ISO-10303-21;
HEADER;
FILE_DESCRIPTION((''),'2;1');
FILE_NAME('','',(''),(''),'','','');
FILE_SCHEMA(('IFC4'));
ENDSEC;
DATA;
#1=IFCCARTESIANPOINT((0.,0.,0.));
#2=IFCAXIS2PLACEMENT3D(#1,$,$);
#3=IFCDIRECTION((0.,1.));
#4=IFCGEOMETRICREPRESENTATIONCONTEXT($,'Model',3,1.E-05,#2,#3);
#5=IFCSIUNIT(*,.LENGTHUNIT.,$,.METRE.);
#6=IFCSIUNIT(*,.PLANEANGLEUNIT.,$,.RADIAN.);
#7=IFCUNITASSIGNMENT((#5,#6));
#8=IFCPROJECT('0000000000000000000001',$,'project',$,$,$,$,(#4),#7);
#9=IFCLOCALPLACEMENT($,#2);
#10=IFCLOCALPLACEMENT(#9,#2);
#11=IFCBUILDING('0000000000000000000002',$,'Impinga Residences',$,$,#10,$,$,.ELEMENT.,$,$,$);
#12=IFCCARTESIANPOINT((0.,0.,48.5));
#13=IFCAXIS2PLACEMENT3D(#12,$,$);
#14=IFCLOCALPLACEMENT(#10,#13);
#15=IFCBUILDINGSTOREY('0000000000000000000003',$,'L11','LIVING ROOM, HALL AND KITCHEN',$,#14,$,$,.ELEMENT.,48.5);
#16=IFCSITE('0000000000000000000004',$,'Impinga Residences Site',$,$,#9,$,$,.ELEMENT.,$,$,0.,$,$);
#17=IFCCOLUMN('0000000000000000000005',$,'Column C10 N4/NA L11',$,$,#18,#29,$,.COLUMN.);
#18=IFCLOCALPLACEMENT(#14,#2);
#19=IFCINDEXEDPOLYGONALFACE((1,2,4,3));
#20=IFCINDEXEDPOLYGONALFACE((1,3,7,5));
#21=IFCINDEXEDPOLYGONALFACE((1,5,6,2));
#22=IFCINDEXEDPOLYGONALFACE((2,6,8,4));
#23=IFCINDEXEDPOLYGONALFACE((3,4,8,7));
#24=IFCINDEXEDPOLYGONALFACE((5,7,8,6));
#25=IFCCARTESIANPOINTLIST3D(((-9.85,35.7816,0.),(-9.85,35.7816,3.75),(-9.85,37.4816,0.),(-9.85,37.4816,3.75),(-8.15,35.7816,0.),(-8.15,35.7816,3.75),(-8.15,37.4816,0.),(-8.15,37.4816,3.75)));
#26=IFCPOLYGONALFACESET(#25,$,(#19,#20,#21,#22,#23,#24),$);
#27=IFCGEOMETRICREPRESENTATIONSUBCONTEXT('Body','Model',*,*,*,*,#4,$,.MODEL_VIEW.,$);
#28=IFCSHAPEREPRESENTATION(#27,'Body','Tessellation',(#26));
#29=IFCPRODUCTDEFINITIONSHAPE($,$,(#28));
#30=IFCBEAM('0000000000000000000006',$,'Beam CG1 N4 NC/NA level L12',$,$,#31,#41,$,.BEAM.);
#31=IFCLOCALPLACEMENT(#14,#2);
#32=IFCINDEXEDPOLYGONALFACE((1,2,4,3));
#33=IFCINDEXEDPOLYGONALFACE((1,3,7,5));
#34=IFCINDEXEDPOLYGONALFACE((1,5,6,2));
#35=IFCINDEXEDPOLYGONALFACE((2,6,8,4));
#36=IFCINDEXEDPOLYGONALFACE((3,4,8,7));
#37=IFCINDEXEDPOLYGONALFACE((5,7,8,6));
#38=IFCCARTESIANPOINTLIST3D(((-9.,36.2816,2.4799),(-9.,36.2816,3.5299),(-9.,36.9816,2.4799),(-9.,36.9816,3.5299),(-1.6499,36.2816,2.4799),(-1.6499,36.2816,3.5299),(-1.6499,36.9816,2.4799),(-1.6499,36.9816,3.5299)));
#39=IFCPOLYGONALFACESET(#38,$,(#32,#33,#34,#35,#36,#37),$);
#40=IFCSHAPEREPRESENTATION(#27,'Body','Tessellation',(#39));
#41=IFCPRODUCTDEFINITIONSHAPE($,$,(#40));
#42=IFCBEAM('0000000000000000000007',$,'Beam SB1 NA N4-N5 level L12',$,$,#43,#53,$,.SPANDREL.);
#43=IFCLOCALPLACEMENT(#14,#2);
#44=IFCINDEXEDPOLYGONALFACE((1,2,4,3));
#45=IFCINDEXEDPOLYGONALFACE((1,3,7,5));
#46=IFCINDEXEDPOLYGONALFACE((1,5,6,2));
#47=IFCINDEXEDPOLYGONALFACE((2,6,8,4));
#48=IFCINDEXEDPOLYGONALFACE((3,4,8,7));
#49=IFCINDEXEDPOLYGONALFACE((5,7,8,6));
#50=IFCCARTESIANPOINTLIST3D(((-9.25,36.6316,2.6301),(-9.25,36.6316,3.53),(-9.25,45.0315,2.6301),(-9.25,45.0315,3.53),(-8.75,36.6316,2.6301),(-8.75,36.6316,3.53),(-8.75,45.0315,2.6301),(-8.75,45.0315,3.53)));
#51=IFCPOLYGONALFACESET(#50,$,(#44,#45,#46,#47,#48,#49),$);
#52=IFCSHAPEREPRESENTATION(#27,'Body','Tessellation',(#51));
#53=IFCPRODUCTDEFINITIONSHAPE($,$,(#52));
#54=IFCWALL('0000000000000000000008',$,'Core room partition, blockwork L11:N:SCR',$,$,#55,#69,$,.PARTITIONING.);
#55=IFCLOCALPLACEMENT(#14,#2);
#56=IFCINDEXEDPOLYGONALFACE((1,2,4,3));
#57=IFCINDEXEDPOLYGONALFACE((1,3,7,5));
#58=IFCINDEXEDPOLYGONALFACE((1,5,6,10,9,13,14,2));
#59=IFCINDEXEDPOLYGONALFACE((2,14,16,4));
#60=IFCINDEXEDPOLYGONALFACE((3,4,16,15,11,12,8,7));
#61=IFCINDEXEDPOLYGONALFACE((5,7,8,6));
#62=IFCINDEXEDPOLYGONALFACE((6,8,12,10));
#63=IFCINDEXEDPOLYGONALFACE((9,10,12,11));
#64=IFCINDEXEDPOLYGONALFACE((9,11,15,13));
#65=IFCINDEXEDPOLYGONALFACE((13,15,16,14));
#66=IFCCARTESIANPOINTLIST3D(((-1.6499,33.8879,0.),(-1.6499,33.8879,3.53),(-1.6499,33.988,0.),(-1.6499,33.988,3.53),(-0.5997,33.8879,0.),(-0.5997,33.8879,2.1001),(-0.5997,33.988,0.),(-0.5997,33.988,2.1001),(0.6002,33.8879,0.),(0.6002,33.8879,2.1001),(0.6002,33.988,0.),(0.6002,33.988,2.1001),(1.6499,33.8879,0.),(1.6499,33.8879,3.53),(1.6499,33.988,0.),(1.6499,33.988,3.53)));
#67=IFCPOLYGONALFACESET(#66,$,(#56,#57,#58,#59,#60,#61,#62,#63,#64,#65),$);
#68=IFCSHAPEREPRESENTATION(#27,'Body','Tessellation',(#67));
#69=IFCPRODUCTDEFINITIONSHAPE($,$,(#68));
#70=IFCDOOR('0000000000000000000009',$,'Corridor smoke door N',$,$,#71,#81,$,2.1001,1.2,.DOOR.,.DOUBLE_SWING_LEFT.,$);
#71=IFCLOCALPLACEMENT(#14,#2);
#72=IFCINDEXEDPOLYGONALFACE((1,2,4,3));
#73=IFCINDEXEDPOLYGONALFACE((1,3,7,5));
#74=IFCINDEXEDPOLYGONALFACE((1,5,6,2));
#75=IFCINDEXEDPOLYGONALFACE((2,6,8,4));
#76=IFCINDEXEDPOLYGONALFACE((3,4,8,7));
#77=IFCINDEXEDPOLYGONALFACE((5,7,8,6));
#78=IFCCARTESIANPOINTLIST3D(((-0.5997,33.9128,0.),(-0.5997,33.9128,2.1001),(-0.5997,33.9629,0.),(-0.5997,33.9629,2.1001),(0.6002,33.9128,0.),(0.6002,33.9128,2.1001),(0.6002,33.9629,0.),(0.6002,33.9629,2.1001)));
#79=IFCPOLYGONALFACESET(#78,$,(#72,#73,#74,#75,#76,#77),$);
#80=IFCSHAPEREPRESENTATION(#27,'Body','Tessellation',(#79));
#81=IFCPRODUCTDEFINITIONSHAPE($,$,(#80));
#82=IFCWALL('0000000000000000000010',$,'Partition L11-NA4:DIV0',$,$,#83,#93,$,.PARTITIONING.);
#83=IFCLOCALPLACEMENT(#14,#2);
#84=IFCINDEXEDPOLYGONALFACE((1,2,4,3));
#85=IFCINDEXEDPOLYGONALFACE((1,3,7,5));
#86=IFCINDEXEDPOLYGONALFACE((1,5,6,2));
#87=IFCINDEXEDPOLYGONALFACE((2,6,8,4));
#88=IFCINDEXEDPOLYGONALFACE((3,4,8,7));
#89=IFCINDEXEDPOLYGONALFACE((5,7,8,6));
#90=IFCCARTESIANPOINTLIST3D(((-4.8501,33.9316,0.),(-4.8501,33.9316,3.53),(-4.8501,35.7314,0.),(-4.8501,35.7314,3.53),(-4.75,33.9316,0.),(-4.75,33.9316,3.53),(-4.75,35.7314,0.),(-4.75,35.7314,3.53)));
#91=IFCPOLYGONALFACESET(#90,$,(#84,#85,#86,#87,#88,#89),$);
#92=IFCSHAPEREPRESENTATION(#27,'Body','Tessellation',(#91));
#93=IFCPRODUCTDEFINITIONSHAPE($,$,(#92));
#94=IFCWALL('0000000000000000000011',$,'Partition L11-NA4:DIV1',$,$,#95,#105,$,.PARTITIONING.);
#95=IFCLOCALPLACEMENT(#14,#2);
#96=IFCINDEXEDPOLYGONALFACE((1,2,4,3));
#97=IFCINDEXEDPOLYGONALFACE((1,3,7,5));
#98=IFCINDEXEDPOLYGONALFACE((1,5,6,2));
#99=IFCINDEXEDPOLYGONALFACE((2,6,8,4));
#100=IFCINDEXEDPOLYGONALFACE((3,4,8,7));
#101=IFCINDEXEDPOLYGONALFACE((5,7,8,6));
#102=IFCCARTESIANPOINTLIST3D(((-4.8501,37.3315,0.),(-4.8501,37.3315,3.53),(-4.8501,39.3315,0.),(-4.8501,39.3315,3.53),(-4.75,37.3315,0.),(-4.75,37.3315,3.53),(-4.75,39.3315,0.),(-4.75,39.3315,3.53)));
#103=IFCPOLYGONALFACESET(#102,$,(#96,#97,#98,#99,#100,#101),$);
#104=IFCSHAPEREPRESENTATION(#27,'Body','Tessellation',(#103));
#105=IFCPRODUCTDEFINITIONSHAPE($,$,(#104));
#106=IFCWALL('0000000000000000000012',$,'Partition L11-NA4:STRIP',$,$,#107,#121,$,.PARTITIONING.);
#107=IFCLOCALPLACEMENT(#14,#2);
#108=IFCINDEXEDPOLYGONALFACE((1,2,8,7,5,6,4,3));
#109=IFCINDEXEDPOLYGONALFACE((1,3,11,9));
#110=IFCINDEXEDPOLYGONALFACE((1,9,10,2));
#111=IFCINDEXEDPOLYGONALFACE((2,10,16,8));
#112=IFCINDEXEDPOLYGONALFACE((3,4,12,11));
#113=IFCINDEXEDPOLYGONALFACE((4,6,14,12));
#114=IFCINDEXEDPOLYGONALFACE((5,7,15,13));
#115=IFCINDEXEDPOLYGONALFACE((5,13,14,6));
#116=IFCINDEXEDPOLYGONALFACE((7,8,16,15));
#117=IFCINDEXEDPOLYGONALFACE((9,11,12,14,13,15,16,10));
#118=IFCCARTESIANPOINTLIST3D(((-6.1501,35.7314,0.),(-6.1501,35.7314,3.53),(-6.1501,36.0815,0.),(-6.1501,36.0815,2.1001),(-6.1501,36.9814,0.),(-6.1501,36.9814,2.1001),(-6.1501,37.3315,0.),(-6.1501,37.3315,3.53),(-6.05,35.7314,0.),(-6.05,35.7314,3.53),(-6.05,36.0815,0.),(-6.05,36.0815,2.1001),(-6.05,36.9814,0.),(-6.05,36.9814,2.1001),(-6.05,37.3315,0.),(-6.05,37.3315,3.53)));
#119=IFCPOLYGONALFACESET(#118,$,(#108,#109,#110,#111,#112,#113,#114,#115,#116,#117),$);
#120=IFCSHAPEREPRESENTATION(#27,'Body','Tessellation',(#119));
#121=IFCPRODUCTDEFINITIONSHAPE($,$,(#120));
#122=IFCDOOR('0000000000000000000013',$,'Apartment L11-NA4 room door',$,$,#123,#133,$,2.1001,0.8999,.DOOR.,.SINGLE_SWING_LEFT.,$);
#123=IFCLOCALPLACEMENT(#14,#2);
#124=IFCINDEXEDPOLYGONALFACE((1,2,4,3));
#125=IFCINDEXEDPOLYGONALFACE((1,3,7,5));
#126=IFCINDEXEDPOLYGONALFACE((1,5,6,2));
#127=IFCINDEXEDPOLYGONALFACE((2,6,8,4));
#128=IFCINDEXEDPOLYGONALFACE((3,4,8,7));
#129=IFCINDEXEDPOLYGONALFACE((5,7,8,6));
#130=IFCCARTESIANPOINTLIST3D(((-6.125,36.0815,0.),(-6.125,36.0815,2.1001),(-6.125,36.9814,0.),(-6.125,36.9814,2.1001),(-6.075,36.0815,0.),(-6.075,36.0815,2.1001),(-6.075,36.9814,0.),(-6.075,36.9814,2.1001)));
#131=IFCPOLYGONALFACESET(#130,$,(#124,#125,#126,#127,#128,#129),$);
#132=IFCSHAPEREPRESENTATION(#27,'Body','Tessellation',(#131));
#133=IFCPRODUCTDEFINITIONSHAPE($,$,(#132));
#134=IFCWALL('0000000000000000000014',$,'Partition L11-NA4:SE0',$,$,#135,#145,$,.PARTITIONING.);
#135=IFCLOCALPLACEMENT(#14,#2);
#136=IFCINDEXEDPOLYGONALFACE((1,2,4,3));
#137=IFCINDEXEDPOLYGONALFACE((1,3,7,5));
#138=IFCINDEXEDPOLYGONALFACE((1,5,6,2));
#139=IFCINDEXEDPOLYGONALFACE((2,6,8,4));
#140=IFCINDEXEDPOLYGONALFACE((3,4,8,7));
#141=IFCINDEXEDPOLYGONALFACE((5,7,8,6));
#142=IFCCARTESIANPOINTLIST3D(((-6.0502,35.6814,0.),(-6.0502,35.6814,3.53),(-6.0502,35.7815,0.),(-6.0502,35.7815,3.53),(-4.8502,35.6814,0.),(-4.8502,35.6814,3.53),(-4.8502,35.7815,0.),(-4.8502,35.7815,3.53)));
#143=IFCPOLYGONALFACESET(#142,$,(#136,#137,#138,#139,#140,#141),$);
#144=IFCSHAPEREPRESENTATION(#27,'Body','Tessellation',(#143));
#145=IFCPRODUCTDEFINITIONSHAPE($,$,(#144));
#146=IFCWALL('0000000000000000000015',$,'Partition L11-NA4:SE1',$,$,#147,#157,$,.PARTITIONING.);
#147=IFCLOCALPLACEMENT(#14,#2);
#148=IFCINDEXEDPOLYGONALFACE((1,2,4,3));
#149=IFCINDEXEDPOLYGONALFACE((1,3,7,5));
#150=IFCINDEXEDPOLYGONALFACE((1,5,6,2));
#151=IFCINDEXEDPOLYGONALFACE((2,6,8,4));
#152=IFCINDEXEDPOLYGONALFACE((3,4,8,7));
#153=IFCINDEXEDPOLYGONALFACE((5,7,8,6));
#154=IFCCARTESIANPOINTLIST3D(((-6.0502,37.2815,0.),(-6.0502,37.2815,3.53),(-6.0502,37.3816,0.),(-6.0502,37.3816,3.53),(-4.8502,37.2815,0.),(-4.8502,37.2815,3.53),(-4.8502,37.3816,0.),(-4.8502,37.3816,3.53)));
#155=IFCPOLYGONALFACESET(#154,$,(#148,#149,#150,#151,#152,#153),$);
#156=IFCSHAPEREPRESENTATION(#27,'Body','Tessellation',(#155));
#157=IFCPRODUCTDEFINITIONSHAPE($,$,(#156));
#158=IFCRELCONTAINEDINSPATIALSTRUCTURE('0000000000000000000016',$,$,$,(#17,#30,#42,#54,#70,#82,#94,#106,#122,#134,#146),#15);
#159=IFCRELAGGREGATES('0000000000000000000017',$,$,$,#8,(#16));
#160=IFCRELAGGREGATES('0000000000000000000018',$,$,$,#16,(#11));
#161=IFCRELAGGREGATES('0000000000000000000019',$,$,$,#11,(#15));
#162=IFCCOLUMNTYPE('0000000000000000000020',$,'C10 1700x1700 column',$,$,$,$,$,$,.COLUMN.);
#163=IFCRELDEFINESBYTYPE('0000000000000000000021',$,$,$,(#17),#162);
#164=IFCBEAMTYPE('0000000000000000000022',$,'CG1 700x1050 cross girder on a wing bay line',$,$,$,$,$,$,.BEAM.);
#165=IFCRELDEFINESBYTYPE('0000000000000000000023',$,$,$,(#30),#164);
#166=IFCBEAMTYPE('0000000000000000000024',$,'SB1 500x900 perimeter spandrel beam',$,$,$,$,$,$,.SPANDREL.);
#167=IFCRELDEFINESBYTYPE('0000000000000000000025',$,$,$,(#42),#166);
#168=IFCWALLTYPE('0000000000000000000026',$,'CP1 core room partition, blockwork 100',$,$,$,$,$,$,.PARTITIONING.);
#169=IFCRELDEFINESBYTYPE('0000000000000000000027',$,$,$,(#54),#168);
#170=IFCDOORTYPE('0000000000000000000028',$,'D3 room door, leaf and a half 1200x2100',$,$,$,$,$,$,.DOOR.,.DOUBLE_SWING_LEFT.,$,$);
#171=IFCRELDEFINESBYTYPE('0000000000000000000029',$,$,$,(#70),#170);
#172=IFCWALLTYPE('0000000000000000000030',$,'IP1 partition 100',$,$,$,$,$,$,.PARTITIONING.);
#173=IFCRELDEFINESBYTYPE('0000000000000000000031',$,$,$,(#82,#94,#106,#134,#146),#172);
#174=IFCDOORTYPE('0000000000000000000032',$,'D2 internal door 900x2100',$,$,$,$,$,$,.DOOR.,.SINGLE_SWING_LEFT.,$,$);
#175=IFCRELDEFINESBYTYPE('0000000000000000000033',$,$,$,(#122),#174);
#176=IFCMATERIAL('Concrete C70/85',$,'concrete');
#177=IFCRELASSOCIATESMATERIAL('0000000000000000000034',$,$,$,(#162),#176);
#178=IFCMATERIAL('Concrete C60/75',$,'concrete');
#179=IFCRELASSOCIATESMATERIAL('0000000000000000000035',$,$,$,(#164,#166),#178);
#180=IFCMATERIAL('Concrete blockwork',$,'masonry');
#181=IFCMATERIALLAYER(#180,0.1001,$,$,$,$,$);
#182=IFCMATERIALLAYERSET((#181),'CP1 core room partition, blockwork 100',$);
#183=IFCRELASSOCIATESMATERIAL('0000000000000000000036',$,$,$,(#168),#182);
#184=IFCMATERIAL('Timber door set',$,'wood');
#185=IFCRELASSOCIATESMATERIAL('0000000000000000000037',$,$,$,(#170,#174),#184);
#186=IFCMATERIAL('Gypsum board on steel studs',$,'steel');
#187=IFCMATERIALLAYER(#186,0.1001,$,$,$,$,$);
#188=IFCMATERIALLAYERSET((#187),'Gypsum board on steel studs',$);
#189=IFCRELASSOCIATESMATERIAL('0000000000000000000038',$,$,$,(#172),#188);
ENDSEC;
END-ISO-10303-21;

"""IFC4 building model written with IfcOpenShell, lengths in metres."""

from ifc_helpers import new_model, si_unit, direction, frame, frame_2d, origin, origin_2d, place, context, subcontext, project, spatial, rectangle, extrude, material, layer, layer_set, material_profile, profile_set, type_object, element, fill, save


model = new_model("IFC4")

# Units and contexts
model_context = context("Model", 3, precision=1e-05, world=origin(), true_north=direction((0.0, 1.0)))
body_context = subcontext(model_context, "Body", "Model", "MODEL_VIEW")
ifc_project = project(units=[si_unit("LENGTHUNIT", "METRE"), si_unit("PLANEANGLEUNIT", "RADIAN")], contexts=[model_context])

# Site, building, storey
site_placement = place(None, origin())
site = spatial("IfcSite", under=ifc_project, at=site_placement, Name="Impinga Residences Site", CompositionType="ELEMENT", RefElevation=0.0)
building_placement = place(site_placement, origin())
building = spatial("IfcBuilding", under=site, at=building_placement, Name="Impinga Residences", CompositionType="ELEMENT")
storey_placement = place(building_placement, frame((0.0, 0.0, 48.5)))
storey = spatial("IfcBuildingStorey", under=building, at=storey_placement, Name="L11", Description="LIVING ROOM, HALL AND KITCHEN", CompositionType="ELEMENT", Elevation=48.5)

# Column
ifc_material_1 = material(Name="Concrete C70/85", Category="concrete")
ifc_material_profile_1 = material_profile(ifc_material_1, rectangle(XDim=1.7, YDim=1.7, at=origin_2d()), Name="RC 1700x1700")
ifc_profile_set_1 = profile_set([ifc_material_profile_1], Name="Concrete C70/85")
column_type = type_object("IfcColumnType", Name="C10 1700x1700 column", PredefinedType="COLUMN", material=ifc_profile_set_1)
column_placement = place(storey_placement, frame((-9.0, 36.6316, 0.0), z_axis=(0.0, 0.0, 1.0), x_axis=(1.0, 0.0, 0.0)))
element("IfcColumn", 1, at=column_placement, inside=storey, type_object=column_type, Name="Column C10 N4/NA L11", PredefinedType="COLUMN", context=body_context, shape_type="SweptSolid", body=[
    extrude(rectangle(XDim=1.7, YDim=1.7, at=origin_2d()), origin(), (0.0, 0.0, 1.0), 3.75),
])

# Beams
ifc_material_2 = material(Name="Concrete C60/75", Category="concrete")
ifc_material_profile_2 = material_profile(ifc_material_2, rectangle(XDim=0.7, YDim=1.05, at=origin_2d()), Name="RC 700x1050")
ifc_profile_set_2 = profile_set([ifc_material_profile_2], Name="Concrete C60/75")
beam_type_1 = type_object("IfcBeamType", Name="CG1 700x1050 cross girder on a wing bay line", PredefinedType="BEAM", material=ifc_profile_set_2)
beam_1_placement = place(storey_placement, frame((-1.6499, 36.6316, 3.0049), z_axis=(-1.0, 0.0, 0.0), x_axis=(0.0, -1.0, 0.0)))
element("IfcBeam", 2, at=beam_1_placement, inside=storey, type_object=beam_type_1, Name="Beam CG1 N4 NC/NA level L12", PredefinedType="BEAM", context=body_context, shape_type="SweptSolid", body=[
    extrude(rectangle(XDim=0.7, YDim=1.05, at=origin_2d()), origin(), (0.0, 0.0, 1.0), 7.3501),
])
ifc_material_profile_3 = material_profile(ifc_material_2, rectangle(XDim=0.5, YDim=0.8999, at=origin_2d()), Name="RC 500x900")
ifc_profile_set_3 = profile_set([ifc_material_profile_3], Name="Concrete C60/75")
beam_type_2 = type_object("IfcBeamType", Name="SB1 500x900 perimeter spandrel beam", PredefinedType="SPANDREL", material=ifc_profile_set_3)
beam_2_placement = place(storey_placement, frame((-9.0, 36.6316, 3.0801), z_axis=(0.0, 1.0, 0.0), x_axis=(-1.0, 0.0, 0.0)))
element("IfcBeam", 3, at=beam_2_placement, inside=storey, type_object=beam_type_2, Name="Beam SB1 NA N4-N5 level L12", PredefinedType="SPANDREL", context=body_context, shape_type="SweptSolid", body=[
    extrude(rectangle(XDim=0.5, YDim=0.8999, at=origin_2d()), origin(), (0.0, 0.0, 1.0), 8.3999),
])

# Wall, opening, door
ifc_material_3 = material(Name="Concrete blockwork", Category="masonry")
ifc_layer_1 = layer(ifc_material_3, 0.1001)
ifc_layer_set_1 = layer_set([ifc_layer_1], Name="CP1 core room partition, blockwork 100")
wall_type_1 = type_object("IfcWallType", Name="CP1 core room partition, blockwork 100", PredefinedType="PARTITIONING", material=ifc_layer_set_1)
wall_1_placement = place(storey_placement, frame((-1.6499, 33.938, 0.0), z_axis=(0.0, 0.0, 1.0), x_axis=(1.0, 0.0, 0.0)))
wall_1 = element("IfcWall", 4, at=wall_1_placement, inside=storey, type_object=wall_type_1, Name="Core room partition, blockwork L11:N:SCR", PredefinedType="PARTITIONING", context=body_context, shape_type="SweptSolid", body=[
    extrude(rectangle(XDim=3.2998, YDim=0.1001, at=frame_2d((1.6499, 0.0))), origin(), (0.0, 0.0, 1.0), 3.53),
])
opening_1_placement = place(wall_1_placement, frame((1.05, 0.0, 0.0)))
opening_1 = element("IfcOpeningElement", 5, at=opening_1_placement, cuts=wall_1, PredefinedType="OPENING", context=body_context, shape_type="SweptSolid", body=[
    extrude(rectangle(XDim=1.2, YDim=2.1001, at=frame_2d((0.6001, 1.05))), frame((0.0, 0.0601, 0.0), z_axis=(0.0, -1.0, 0.0), x_axis=(1.0, 0.0, 0.0)), (0.0, 0.0, 1.0), 0.1201),
])
ifc_material_4 = material(Name="Timber door set", Category="wood")
door_type_1 = type_object("IfcDoorType", Name="D3 room door, leaf and a half 1200x2100", OperationType="DOUBLE_SWING_LEFT", PredefinedType="DOOR", material=ifc_material_4)
door_1_placement = place(opening_1_placement, origin())
door_1 = element("IfcDoor", 6, at=door_1_placement, inside=storey, type_object=door_type_1, Name="Corridor smoke door N", OperationType="DOUBLE_SWING_LEFT", OverallHeight=2.1001, OverallWidth=1.2, PredefinedType="DOOR", context=body_context, shape_type="SweptSolid", body=[
    extrude(rectangle(XDim=1.2, YDim=2.1001, at=frame_2d((0.6001, 1.05))), frame((0.0, 0.0249, 0.0), z_axis=(0.0, -1.0, 0.0), x_axis=(1.0, 0.0, 0.0)), (0.0, 0.0, 1.0), 0.05),
])
fill(opening_1, door_1)

# Walls
ifc_material_5 = material(Name="Gypsum board on steel studs", Category="steel")
ifc_layer_2 = layer(ifc_material_5, 0.1001)
ifc_layer_set_2 = layer_set([ifc_layer_2], Name="Gypsum board on steel studs")
wall_type_2 = type_object("IfcWallType", Name="IP1 partition 100", PredefinedType="PARTITIONING", material=ifc_layer_set_2)
wall_2_placement = place(storey_placement, frame((-4.8, 33.9316, 0.0), z_axis=(0.0, 0.0, 1.0), x_axis=(0.0, 1.0, 0.0)))
element("IfcWall", 7, at=wall_2_placement, inside=storey, type_object=wall_type_2, Name="Partition L11-NA4:DIV0", PredefinedType="PARTITIONING", context=body_context, shape_type="SweptSolid", body=[
    extrude(rectangle(XDim=1.7998, YDim=0.1001, at=frame_2d((0.8999, 0.0))), origin(), (0.0, 0.0, 1.0), 3.53),
])
wall_3_placement = place(storey_placement, frame((-4.8, 37.3315, 0.0), z_axis=(0.0, 0.0, 1.0), x_axis=(0.0, 1.0, 0.0)))
element("IfcWall", 8, at=wall_3_placement, inside=storey, type_object=wall_type_2, Name="Partition L11-NA4:DIV1", PredefinedType="PARTITIONING", context=body_context, shape_type="SweptSolid", body=[
    extrude(rectangle(XDim=2.0, YDim=0.1001, at=frame_2d((1.0, 0.0))), origin(), (0.0, 0.0, 1.0), 3.53),
])

# Wall, opening, door
wall_4_placement = place(storey_placement, frame((-6.1001, 35.7314, 0.0), z_axis=(0.0, 0.0, 1.0), x_axis=(0.0, 1.0, 0.0)))
wall_4 = element("IfcWall", 9, at=wall_4_placement, inside=storey, type_object=wall_type_2, Name="Partition L11-NA4:STRIP", PredefinedType="PARTITIONING", context=body_context, shape_type="SweptSolid", body=[
    extrude(rectangle(XDim=1.6001, YDim=0.1001, at=frame_2d((0.8, 0.0))), origin(), (0.0, 0.0, 1.0), 3.53),
])
opening_2_placement = place(wall_4_placement, frame((0.3501, 0.0, 0.0)))
opening_2 = element("IfcOpeningElement", 10, at=opening_2_placement, cuts=wall_4, PredefinedType="OPENING", context=body_context, shape_type="SweptSolid", body=[
    extrude(rectangle(XDim=0.8999, YDim=2.1001, at=frame_2d((0.45, 1.05))), frame((0.0, 0.0601, 0.0), z_axis=(0.0, -1.0, 0.0), x_axis=(1.0, 0.0, 0.0)), (0.0, 0.0, 1.0), 0.1201),
])
door_type_2 = type_object("IfcDoorType", Name="D2 internal door 900x2100", OperationType="SINGLE_SWING_LEFT", PredefinedType="DOOR", material=ifc_material_4)
door_2_placement = place(opening_2_placement, origin())
door_2 = element("IfcDoor", 11, at=door_2_placement, inside=storey, type_object=door_type_2, Name="Apartment L11-NA4 room door", OperationType="SINGLE_SWING_LEFT", OverallHeight=2.1001, OverallWidth=0.8999, PredefinedType="DOOR", context=body_context, shape_type="SweptSolid", body=[
    extrude(rectangle(XDim=0.8999, YDim=2.1001, at=frame_2d((0.45, 1.05))), frame((0.0, 0.0249, 0.0), z_axis=(0.0, -1.0, 0.0), x_axis=(1.0, 0.0, 0.0)), (0.0, 0.0, 1.0), 0.05),
])
fill(opening_2, door_2)

# Walls
for number, where, z_axis, x_axis, name in (
    (12, (-4.8501, 35.7314, 0.0), (0.0, 0.0, 1.0), (-1.0, 0.0, 0.0), "Partition L11-NA4:SE0"),
    (13, (-4.8501, 37.3315, 0.0), (0.0, 0.0, 1.0), (-1.0, 0.0, 0.0), "Partition L11-NA4:SE1"),
):
    element("IfcWall", number, at=place(storey_placement, frame(where, z_axis=z_axis, x_axis=x_axis)), inside=storey, type_object=wall_type_2, Name=name, PredefinedType="PARTITIONING", context=body_context, shape_type="SweptSolid", body=[
        extrude(rectangle(XDim=1.2, YDim=0.1001, at=frame_2d((0.6001, 0.0))), origin(), (0.0, 0.0, 1.0), 3.53),
    ])

save(model, "model.ifc")
